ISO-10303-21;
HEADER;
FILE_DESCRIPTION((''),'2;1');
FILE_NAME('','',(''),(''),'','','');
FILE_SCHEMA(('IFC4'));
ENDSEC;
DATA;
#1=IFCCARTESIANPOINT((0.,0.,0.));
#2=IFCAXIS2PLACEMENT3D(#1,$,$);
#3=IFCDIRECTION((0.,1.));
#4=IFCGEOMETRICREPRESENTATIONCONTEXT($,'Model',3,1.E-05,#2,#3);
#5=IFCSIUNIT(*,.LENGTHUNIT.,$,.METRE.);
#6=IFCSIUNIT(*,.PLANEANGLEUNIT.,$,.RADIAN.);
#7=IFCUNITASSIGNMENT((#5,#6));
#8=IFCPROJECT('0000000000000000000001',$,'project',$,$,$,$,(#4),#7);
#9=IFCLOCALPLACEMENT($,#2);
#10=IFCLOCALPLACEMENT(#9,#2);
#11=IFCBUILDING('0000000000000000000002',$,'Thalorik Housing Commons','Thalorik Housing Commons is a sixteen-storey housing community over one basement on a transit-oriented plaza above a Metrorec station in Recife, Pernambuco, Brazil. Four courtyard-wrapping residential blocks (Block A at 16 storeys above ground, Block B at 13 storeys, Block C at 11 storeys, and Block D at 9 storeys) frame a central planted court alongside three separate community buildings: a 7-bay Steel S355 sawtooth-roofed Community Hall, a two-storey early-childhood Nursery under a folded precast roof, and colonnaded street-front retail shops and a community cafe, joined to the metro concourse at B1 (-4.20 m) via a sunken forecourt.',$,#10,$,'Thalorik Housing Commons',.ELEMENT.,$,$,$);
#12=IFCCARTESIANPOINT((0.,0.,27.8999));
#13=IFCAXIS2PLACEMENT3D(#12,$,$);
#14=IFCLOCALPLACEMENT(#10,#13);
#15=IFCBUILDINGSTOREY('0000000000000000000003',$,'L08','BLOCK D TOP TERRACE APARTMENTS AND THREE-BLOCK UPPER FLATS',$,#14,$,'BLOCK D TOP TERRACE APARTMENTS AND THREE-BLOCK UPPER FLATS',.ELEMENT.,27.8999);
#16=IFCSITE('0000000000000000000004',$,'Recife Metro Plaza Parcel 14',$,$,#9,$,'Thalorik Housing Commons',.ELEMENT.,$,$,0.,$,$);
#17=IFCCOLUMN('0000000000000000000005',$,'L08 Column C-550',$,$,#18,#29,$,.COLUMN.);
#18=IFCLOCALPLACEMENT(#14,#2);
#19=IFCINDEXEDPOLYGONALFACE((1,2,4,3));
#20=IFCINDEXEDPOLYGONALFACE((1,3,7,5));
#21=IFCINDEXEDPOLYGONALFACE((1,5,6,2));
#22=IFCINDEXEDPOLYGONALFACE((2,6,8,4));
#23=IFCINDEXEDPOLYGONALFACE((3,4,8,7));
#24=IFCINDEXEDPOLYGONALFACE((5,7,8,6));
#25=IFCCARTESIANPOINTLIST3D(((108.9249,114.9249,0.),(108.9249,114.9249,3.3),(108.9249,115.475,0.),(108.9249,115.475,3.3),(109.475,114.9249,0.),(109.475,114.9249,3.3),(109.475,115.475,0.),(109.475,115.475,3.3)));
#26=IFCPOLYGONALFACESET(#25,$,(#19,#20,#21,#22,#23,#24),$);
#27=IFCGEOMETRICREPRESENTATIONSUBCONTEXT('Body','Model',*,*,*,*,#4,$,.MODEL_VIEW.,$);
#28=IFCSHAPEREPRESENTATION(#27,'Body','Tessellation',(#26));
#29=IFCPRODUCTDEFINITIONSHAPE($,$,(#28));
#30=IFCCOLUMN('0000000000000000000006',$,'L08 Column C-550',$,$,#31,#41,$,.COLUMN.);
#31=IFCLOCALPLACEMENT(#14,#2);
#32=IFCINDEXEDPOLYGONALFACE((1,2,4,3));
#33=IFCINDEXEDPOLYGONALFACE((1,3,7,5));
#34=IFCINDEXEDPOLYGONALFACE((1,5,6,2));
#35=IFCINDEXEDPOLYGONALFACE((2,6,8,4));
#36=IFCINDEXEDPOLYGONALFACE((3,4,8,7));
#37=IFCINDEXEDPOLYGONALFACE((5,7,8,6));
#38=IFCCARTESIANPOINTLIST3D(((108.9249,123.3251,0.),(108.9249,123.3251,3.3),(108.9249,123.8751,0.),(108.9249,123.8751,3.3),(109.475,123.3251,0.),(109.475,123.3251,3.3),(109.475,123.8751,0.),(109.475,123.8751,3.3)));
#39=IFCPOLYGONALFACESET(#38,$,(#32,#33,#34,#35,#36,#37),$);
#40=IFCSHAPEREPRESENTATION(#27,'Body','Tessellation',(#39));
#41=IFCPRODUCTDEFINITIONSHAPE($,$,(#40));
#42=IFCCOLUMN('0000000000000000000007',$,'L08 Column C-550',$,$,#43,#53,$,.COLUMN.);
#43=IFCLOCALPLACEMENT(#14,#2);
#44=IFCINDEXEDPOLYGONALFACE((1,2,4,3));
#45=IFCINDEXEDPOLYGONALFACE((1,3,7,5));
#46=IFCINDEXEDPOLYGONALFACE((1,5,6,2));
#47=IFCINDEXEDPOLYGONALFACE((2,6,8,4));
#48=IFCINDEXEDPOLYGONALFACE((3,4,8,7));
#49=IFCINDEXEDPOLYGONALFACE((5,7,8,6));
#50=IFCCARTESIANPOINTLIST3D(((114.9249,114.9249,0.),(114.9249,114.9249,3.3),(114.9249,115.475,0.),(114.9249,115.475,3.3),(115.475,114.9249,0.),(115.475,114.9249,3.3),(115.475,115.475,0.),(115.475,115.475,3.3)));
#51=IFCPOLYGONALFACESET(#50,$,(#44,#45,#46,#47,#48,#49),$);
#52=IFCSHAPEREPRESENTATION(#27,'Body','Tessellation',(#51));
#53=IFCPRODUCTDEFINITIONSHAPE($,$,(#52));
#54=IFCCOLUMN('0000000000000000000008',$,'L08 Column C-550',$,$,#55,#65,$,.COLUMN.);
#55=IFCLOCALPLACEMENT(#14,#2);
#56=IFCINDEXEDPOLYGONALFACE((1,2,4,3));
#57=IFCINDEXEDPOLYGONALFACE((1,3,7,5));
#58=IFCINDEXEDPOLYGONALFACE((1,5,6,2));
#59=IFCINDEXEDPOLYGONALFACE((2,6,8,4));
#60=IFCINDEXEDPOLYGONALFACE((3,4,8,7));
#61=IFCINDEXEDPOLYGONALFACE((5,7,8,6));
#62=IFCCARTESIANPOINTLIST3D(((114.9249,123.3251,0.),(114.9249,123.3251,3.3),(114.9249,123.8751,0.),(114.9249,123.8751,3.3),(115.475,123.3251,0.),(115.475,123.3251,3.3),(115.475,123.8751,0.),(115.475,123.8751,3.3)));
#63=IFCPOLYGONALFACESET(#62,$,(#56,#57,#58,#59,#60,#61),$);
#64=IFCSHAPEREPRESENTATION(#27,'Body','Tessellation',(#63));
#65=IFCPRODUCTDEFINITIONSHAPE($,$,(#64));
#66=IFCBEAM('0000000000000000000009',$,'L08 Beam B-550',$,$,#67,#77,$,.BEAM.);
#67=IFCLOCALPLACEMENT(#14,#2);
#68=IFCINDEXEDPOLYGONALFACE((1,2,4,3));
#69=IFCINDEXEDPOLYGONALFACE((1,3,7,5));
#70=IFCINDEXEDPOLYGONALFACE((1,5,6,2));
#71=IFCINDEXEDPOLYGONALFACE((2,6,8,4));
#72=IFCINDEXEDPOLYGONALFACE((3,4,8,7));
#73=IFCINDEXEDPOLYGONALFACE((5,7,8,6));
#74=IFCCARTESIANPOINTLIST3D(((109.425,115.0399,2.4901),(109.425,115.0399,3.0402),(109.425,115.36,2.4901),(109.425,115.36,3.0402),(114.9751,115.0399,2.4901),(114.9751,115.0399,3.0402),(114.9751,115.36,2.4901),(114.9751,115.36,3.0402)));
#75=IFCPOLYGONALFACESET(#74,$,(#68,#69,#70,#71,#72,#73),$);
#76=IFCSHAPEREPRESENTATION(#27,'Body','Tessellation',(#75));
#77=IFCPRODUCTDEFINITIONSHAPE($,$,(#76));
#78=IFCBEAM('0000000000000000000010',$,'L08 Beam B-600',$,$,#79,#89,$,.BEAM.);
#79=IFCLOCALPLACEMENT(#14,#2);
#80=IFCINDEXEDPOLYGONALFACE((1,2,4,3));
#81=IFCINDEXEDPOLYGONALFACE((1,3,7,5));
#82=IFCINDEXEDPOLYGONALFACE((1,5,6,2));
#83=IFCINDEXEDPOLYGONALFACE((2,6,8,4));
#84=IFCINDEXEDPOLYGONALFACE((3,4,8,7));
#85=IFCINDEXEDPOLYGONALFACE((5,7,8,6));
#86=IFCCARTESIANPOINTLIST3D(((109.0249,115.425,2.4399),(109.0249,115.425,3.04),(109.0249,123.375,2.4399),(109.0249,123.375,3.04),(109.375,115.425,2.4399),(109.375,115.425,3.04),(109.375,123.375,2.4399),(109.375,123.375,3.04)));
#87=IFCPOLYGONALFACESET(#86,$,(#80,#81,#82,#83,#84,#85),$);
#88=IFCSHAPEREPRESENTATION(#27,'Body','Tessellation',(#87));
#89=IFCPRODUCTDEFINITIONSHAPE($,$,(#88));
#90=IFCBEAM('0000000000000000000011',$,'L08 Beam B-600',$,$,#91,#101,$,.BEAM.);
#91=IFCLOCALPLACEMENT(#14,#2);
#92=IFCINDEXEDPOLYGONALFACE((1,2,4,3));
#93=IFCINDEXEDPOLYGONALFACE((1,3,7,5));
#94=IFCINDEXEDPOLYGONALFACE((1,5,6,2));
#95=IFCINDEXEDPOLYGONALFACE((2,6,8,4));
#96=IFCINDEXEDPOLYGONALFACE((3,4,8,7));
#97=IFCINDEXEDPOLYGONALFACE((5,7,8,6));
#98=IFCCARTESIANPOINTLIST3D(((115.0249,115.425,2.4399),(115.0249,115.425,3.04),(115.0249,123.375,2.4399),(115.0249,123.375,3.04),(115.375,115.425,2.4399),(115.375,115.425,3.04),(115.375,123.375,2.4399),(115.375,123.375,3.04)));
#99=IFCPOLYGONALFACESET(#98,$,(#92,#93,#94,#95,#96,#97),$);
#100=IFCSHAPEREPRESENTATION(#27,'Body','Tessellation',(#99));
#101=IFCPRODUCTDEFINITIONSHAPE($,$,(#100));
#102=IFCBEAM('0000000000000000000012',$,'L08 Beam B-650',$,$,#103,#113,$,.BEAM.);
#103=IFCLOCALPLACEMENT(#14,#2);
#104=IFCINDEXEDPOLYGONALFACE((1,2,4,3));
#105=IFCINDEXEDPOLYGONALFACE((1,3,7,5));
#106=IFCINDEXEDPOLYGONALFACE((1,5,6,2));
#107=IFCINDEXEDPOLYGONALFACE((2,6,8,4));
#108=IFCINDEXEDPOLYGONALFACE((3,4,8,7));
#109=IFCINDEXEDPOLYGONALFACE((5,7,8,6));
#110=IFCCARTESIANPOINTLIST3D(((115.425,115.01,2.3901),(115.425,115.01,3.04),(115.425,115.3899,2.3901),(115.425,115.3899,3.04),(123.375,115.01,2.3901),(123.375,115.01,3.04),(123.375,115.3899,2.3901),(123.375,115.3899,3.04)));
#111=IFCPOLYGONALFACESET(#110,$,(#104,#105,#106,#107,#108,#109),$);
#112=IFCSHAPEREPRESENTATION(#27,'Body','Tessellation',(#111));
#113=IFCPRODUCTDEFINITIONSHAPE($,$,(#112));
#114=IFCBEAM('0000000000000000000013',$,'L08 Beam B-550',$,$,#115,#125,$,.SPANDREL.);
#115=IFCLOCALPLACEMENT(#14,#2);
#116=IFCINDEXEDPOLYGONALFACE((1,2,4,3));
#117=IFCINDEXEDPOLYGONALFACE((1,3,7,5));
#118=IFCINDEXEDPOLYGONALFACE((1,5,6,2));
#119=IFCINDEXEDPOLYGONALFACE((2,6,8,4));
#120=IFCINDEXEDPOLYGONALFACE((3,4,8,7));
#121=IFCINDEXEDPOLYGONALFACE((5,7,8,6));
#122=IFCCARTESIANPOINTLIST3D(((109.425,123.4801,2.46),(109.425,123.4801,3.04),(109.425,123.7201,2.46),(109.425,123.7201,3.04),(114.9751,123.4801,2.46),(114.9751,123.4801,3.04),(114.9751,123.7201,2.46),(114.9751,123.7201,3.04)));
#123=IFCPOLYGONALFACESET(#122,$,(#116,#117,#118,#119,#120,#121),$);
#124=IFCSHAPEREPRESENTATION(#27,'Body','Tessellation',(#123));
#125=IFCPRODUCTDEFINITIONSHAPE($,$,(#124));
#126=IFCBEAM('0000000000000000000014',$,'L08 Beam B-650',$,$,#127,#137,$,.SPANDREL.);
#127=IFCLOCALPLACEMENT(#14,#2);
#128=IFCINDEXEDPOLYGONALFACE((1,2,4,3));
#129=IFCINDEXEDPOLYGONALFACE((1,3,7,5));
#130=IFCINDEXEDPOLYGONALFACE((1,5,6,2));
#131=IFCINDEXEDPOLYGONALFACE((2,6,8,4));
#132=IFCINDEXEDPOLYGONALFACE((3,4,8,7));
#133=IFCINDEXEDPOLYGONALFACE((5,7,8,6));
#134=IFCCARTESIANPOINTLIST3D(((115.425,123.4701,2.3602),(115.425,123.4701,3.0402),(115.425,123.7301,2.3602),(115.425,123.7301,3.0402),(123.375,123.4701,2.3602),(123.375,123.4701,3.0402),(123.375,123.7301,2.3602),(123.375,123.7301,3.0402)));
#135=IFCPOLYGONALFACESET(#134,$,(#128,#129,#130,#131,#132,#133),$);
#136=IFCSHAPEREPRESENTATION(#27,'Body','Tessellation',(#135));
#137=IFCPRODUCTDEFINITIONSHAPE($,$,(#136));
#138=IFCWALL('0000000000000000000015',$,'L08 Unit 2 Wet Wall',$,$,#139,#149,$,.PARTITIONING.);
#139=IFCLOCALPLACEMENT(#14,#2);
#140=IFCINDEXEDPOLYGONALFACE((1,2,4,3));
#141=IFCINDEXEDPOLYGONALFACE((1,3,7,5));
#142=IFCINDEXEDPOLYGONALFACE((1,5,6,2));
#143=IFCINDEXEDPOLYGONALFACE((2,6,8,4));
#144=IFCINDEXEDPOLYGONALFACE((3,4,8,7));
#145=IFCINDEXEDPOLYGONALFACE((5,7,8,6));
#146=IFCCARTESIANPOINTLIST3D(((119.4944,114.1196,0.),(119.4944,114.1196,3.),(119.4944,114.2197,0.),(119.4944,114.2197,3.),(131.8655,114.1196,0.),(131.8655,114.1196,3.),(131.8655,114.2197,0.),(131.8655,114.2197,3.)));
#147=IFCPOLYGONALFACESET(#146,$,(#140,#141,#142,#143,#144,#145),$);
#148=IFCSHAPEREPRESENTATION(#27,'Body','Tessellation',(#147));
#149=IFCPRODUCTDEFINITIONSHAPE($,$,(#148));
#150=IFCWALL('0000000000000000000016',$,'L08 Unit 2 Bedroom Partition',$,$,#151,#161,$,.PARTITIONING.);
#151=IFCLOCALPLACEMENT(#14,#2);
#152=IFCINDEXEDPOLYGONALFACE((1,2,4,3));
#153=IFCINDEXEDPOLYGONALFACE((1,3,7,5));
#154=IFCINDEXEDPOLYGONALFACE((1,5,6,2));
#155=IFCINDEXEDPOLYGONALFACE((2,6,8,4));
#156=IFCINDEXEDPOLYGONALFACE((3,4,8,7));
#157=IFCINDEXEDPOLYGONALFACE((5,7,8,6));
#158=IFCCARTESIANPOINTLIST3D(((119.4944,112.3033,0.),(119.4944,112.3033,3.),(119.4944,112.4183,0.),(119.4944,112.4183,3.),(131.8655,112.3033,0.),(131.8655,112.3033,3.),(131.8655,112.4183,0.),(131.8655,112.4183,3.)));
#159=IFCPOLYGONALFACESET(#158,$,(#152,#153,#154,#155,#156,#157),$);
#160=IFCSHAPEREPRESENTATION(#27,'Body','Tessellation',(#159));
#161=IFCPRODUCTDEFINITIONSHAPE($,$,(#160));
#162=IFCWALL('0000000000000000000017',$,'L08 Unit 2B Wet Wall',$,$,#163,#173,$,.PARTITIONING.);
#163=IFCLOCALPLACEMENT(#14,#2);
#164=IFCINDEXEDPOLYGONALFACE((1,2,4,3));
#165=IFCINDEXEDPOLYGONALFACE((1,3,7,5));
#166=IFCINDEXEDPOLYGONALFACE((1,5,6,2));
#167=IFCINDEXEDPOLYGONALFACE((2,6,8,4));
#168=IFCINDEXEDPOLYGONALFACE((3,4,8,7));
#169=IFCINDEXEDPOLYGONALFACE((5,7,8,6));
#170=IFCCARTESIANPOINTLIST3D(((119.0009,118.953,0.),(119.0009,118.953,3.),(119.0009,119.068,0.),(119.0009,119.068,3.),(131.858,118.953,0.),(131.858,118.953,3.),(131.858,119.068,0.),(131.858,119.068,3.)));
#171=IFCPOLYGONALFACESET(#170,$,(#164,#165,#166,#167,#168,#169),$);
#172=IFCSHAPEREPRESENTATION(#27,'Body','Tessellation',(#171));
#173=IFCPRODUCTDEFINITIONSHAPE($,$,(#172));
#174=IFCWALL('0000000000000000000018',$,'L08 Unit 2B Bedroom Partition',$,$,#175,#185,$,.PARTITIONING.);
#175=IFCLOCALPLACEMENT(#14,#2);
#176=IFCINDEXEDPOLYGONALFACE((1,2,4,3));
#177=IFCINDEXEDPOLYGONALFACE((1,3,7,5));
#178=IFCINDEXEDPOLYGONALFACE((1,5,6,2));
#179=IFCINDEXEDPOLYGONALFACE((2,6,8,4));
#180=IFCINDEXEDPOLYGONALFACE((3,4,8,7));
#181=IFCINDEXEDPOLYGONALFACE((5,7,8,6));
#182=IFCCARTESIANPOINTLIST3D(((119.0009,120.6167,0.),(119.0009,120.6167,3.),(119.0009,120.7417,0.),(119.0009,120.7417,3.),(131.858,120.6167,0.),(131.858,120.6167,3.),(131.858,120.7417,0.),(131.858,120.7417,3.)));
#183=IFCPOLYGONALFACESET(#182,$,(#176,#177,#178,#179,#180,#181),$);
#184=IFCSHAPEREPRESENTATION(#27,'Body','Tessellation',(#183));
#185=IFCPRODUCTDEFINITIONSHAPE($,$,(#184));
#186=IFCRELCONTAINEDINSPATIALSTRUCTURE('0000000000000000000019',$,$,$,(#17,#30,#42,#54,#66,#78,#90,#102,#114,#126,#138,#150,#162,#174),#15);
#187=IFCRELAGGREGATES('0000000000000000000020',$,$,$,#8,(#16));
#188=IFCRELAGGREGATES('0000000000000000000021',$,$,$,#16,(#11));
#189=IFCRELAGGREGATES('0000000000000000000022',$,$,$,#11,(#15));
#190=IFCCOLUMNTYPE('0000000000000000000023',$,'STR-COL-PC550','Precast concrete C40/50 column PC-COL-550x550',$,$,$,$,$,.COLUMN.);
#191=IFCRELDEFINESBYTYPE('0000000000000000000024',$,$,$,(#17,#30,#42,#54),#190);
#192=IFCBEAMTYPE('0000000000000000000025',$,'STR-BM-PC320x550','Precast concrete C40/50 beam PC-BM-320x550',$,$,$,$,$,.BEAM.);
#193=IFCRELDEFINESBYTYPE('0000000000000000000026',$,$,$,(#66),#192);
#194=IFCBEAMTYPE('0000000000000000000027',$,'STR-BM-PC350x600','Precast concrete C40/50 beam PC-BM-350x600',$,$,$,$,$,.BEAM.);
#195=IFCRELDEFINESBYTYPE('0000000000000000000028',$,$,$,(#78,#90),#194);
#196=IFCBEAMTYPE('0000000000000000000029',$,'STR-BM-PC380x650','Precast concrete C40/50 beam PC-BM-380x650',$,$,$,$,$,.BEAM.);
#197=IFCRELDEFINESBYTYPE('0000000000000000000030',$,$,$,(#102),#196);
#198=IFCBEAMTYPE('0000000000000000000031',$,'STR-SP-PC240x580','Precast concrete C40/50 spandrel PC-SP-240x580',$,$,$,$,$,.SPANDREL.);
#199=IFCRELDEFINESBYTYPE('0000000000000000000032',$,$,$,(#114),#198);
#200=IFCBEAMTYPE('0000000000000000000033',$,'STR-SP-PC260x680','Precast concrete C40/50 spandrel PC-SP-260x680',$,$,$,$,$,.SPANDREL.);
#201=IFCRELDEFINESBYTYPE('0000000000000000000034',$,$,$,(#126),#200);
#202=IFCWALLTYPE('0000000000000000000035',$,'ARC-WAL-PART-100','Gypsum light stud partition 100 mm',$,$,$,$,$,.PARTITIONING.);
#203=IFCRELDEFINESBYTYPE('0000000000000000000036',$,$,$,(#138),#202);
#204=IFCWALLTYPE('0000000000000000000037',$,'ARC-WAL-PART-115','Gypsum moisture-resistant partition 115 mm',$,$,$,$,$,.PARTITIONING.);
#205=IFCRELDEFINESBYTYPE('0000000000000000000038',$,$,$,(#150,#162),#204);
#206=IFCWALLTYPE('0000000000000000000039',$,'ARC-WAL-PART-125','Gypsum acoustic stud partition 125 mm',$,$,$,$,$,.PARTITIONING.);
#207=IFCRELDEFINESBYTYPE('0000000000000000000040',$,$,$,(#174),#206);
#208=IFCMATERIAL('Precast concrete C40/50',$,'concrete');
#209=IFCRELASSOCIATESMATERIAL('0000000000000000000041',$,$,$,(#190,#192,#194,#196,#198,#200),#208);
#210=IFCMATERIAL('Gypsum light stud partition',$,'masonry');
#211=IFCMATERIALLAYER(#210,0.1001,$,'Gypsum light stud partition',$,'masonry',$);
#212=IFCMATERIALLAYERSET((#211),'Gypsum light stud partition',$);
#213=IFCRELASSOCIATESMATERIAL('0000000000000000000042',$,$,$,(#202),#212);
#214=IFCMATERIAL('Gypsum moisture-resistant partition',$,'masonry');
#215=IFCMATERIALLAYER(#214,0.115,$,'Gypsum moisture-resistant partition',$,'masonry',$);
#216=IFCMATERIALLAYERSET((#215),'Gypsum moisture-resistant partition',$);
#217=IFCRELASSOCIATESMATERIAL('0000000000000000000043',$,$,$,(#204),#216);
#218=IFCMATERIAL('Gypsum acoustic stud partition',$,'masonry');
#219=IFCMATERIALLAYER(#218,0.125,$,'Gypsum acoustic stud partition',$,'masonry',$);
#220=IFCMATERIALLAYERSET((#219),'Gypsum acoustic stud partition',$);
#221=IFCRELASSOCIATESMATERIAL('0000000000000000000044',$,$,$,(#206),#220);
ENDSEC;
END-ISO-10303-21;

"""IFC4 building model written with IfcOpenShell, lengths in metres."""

from ifc_helpers import new_model, si_unit, direction, frame, frame_2d, origin, origin_2d, place, context, subcontext, project, spatial, rectangle, extrude, material, layer, layer_set, material_profile, profile_set, type_object, element, save


model = new_model("IFC4")

# Units and contexts
model_context = context("Model", 3, precision=1e-05, world=origin(), true_north=direction((0.0, 1.0)))
body_context = subcontext(model_context, "Body", "Model", "MODEL_VIEW")
ifc_project = project(units=[si_unit("LENGTHUNIT", "METRE"), si_unit("PLANEANGLEUNIT", "RADIAN")], contexts=[model_context])

# Site, building, storey
site_placement = place(None, origin())
site = spatial("IfcSite", under=ifc_project, at=site_placement, Name="Recife Metro Plaza Parcel 14", LongName="Thalorik Housing Commons", CompositionType="ELEMENT", RefElevation=0.0)
building_placement = place(site_placement, origin())
building = spatial("IfcBuilding", under=site, at=building_placement, Name="Thalorik Housing Commons", Description="Thalorik Housing Commons is a sixteen-storey housing community over one basement on a transit-oriented plaza above a Metrorec station in Recife, Pernambuco, Brazil. Four courtyard-wrapping residential blocks (Block A at 16 storeys above ground, Block B at 13 storeys, Block C at 11 storeys, and Block D at 9 storeys) frame a central planted court alongside three separate community buildings: a 7-bay Steel S355 sawtooth-roofed Community Hall, a two-storey early-childhood Nursery under a folded precast roof, and colonnaded street-front retail shops and a community cafe, joined to the metro concourse at B1 (-4.20 m) via a sunken forecourt.", LongName="Thalorik Housing Commons", CompositionType="ELEMENT")
storey_placement = place(building_placement, frame((0.0, 0.0, 27.8999)))
storey = spatial("IfcBuildingStorey", under=building, at=storey_placement, Name="L08", Description="BLOCK D TOP TERRACE APARTMENTS AND THREE-BLOCK UPPER FLATS", LongName="BLOCK D TOP TERRACE APARTMENTS AND THREE-BLOCK UPPER FLATS", CompositionType="ELEMENT", Elevation=27.8999)

# Columns
ifc_material_1 = material(Name="Precast concrete C40/50", Category="concrete")
ifc_material_profile_1 = material_profile(ifc_material_1, rectangle(XDim=0.55, YDim=0.55, at=origin_2d()), Name="PC 550x550", Category="concrete")
ifc_profile_set_1 = profile_set([ifc_material_profile_1], Name="Precast concrete C40/50")
column_type = type_object("IfcColumnType", Name="STR-COL-PC550", Description="Precast concrete C40/50 column PC-COL-550x550", PredefinedType="COLUMN", material=ifc_profile_set_1)
for number, where, z_axis, x_axis, name in (
    (1, (109.2, 115.2, 0.0), (0.0, 0.0, 1.0), (1.0, 0.0, 0.0), "L08 Column C-550"),
    (2, (109.2, 123.6001, 0.0), (0.0, 0.0, 1.0), (1.0, 0.0, 0.0), "L08 Column C-550"),
    (3, (115.2, 115.2, 0.0), (0.0, 0.0, 1.0), (1.0, 0.0, 0.0), "L08 Column C-550"),
    (4, (115.2, 123.6001, 0.0), (0.0, 0.0, 1.0), (1.0, 0.0, 0.0), "L08 Column C-550"),
):
    element("IfcColumn", number, at=place(storey_placement, frame(where, z_axis=z_axis, x_axis=x_axis)), inside=storey, type_object=column_type, Name=name, PredefinedType="COLUMN", context=body_context, shape_type="SweptSolid", body=[
        extrude(rectangle(XDim=0.55, YDim=0.55, at=origin_2d()), origin(), (0.0, 0.0, 1.0), 3.3),
    ])

# Beams
ifc_material_profile_2 = material_profile(ifc_material_1, rectangle(XDim=0.3201, YDim=0.55, at=origin_2d()), Name="PC 320x550", Category="concrete")
ifc_profile_set_2 = profile_set([ifc_material_profile_2], Name="Precast concrete C40/50")
beam_type_1 = type_object("IfcBeamType", Name="STR-BM-PC320x550", Description="Precast concrete C40/50 beam PC-BM-320x550", PredefinedType="BEAM", material=ifc_profile_set_2)
beam_1_placement = place(storey_placement, frame((109.425, 115.2, 2.7651), z_axis=(1.0, 0.0, 0.0), x_axis=(0.0, 1.0, 0.0)))
element("IfcBeam", 5, at=beam_1_placement, inside=storey, type_object=beam_type_1, Name="L08 Beam B-550", PredefinedType="BEAM", context=body_context, shape_type="SweptSolid", body=[
    extrude(rectangle(XDim=0.3201, YDim=0.55, at=origin_2d()), origin(), (0.0, 0.0, 1.0), 5.55),
])
ifc_material_profile_3 = material_profile(ifc_material_1, rectangle(XDim=0.3501, YDim=0.6001, at=origin_2d()), Name="PC 350x600", Category="concrete")
ifc_profile_set_3 = profile_set([ifc_material_profile_3], Name="Precast concrete C40/50")
beam_type_2 = type_object("IfcBeamType", Name="STR-BM-PC350x600", Description="Precast concrete C40/50 beam PC-BM-350x600", PredefinedType="BEAM", material=ifc_profile_set_3)
for number, where, z_axis, x_axis, name in (
    (6, (109.2, 115.425, 2.74), (0.0, 1.0, 0.0), (-1.0, 0.0, 0.0), "L08 Beam B-600"),
    (7, (115.2, 115.425, 2.74), (0.0, 1.0, 0.0), (-1.0, 0.0, 0.0), "L08 Beam B-600"),
):
    element("IfcBeam", number, at=place(storey_placement, frame(where, z_axis=z_axis, x_axis=x_axis)), inside=storey, type_object=beam_type_2, Name=name, PredefinedType="BEAM", context=body_context, shape_type="SweptSolid", body=[
        extrude(rectangle(XDim=0.3501, YDim=0.6001, at=origin_2d()), origin(), (0.0, 0.0, 1.0), 7.95),
    ])
ifc_material_profile_4 = material_profile(ifc_material_1, rectangle(XDim=0.3799, YDim=0.6499, at=origin_2d()), Name="PC 380x650", Category="concrete")
ifc_profile_set_4 = profile_set([ifc_material_profile_4], Name="Precast concrete C40/50")
beam_type_3 = type_object("IfcBeamType", Name="STR-BM-PC380x650", Description="Precast concrete C40/50 beam PC-BM-380x650", PredefinedType="BEAM", material=ifc_profile_set_4)
beam_2_placement = place(storey_placement, frame((115.425, 115.2, 2.7151), z_axis=(1.0, 0.0, 0.0), x_axis=(0.0, 1.0, 0.0)))
element("IfcBeam", 8, at=beam_2_placement, inside=storey, type_object=beam_type_3, Name="L08 Beam B-650", PredefinedType="BEAM", context=body_context, shape_type="SweptSolid", body=[
    extrude(rectangle(XDim=0.3799, YDim=0.6499, at=origin_2d()), origin(), (0.0, 0.0, 1.0), 7.95),
])
ifc_material_profile_5 = material_profile(ifc_material_1, rectangle(XDim=0.24, YDim=0.5801, at=origin_2d()), Name="PC SP 240x580", Category="concrete")
ifc_profile_set_5 = profile_set([ifc_material_profile_5], Name="Precast concrete C40/50")
beam_type_4 = type_object("IfcBeamType", Name="STR-SP-PC240x580", Description="Precast concrete C40/50 spandrel PC-SP-240x580", PredefinedType="SPANDREL", material=ifc_profile_set_5)
beam_3_placement = place(storey_placement, frame((109.425, 123.6001, 2.75), z_axis=(1.0, 0.0, 0.0), x_axis=(0.0, 1.0, 0.0)))
element("IfcBeam", 9, at=beam_3_placement, inside=storey, type_object=beam_type_4, Name="L08 Beam B-550", PredefinedType="SPANDREL", context=body_context, shape_type="SweptSolid", body=[
    extrude(rectangle(XDim=0.24, YDim=0.5801, at=origin_2d()), origin(), (0.0, 0.0, 1.0), 5.55),
])
ifc_material_profile_6 = material_profile(ifc_material_1, rectangle(XDim=0.26, YDim=0.6799, at=origin_2d()), Name="PC SP 260x680", Category="concrete")
ifc_profile_set_6 = profile_set([ifc_material_profile_6], Name="Precast concrete C40/50")
beam_type_5 = type_object("IfcBeamType", Name="STR-SP-PC260x680", Description="Precast concrete C40/50 spandrel PC-SP-260x680", PredefinedType="SPANDREL", material=ifc_profile_set_6)
beam_4_placement = place(storey_placement, frame((115.425, 123.6001, 2.7002), z_axis=(1.0, 0.0, 0.0), x_axis=(0.0, 1.0, 0.0)))
element("IfcBeam", 10, at=beam_4_placement, inside=storey, type_object=beam_type_5, Name="L08 Beam B-650", PredefinedType="SPANDREL", context=body_context, shape_type="SweptSolid", body=[
    extrude(rectangle(XDim=0.26, YDim=0.6799, at=origin_2d()), origin(), (0.0, 0.0, 1.0), 7.95),
])

# Walls
ifc_material_2 = material(Name="Gypsum light stud partition", Category="masonry")
ifc_layer_1 = layer(ifc_material_2, 0.1001, Name="Gypsum light stud partition", Category="masonry")
ifc_layer_set_1 = layer_set([ifc_layer_1], Name="Gypsum light stud partition")
wall_type_1 = type_object("IfcWallType", Name="ARC-WAL-PART-100", Description="Gypsum light stud partition 100 mm", PredefinedType="PARTITIONING", material=ifc_layer_set_1)
wall_1_placement = place(storey_placement, frame((119.4944, 114.1697, 0.0), z_axis=(0.0, 0.0, 1.0), x_axis=(1.0, 0.0, 0.0)))
element("IfcWall", 11, at=wall_1_placement, inside=storey, type_object=wall_type_1, Name="L08 Unit 2 Wet Wall", PredefinedType="PARTITIONING", context=body_context, shape_type="SweptSolid", body=[
    extrude(rectangle(XDim=12.3711, YDim=0.1001, at=frame_2d((6.1855, 0.0))), origin(), (0.0, 0.0, 1.0), 3.0),
])
ifc_material_3 = material(Name="Gypsum moisture-resistant partition", Category="masonry")
ifc_layer_2 = layer(ifc_material_3, 0.115, Name="Gypsum moisture-resistant partition", Category="masonry")
ifc_layer_set_2 = layer_set([ifc_layer_2], Name="Gypsum moisture-resistant partition")
wall_type_2 = type_object("IfcWallType", Name="ARC-WAL-PART-115", Description="Gypsum moisture-resistant partition 115 mm", PredefinedType="PARTITIONING", material=ifc_layer_set_2)
wall_2_placement = place(storey_placement, frame((119.4944, 112.3608, 0.0), z_axis=(0.0, 0.0, 1.0), x_axis=(1.0, 0.0, 0.0)))
element("IfcWall", 12, at=wall_2_placement, inside=storey, type_object=wall_type_2, Name="L08 Unit 2 Bedroom Partition", PredefinedType="PARTITIONING", context=body_context, shape_type="SweptSolid", body=[
    extrude(rectangle(XDim=12.3711, YDim=0.115, at=frame_2d((6.1855, 0.0))), origin(), (0.0, 0.0, 1.0), 3.0),
])
wall_3_placement = place(storey_placement, frame((119.0007, 119.0105, 0.0), z_axis=(0.0, 0.0, 1.0), x_axis=(1.0, 0.0, 0.0)))
element("IfcWall", 13, at=wall_3_placement, inside=storey, type_object=wall_type_2, Name="L08 Unit 2B Wet Wall", PredefinedType="PARTITIONING", context=body_context, shape_type="SweptSolid", body=[
    extrude(rectangle(XDim=12.8572, YDim=0.115, at=frame_2d((6.4287, 0.0))), origin(), (0.0, 0.0, 1.0), 3.0),
])
ifc_material_4 = material(Name="Gypsum acoustic stud partition", Category="masonry")
ifc_layer_3 = layer(ifc_material_4, 0.125, Name="Gypsum acoustic stud partition", Category="masonry")
ifc_layer_set_3 = layer_set([ifc_layer_3], Name="Gypsum acoustic stud partition")
wall_type_3 = type_object("IfcWallType", Name="ARC-WAL-PART-125", Description="Gypsum acoustic stud partition 125 mm", PredefinedType="PARTITIONING", material=ifc_layer_set_3)
wall_4_placement = place(storey_placement, frame((119.0007, 120.6792, 0.0), z_axis=(0.0, 0.0, 1.0), x_axis=(1.0, 0.0, 0.0)))
element("IfcWall", 14, at=wall_4_placement, inside=storey, type_object=wall_type_3, Name="L08 Unit 2B Bedroom Partition", PredefinedType="PARTITIONING", context=body_context, shape_type="SweptSolid", body=[
    extrude(rectangle(XDim=12.8572, YDim=0.125, at=frame_2d((6.4287, 0.0))), origin(), (0.0, 0.0, 1.0), 3.0),
])

save(model, "model.ifc")
